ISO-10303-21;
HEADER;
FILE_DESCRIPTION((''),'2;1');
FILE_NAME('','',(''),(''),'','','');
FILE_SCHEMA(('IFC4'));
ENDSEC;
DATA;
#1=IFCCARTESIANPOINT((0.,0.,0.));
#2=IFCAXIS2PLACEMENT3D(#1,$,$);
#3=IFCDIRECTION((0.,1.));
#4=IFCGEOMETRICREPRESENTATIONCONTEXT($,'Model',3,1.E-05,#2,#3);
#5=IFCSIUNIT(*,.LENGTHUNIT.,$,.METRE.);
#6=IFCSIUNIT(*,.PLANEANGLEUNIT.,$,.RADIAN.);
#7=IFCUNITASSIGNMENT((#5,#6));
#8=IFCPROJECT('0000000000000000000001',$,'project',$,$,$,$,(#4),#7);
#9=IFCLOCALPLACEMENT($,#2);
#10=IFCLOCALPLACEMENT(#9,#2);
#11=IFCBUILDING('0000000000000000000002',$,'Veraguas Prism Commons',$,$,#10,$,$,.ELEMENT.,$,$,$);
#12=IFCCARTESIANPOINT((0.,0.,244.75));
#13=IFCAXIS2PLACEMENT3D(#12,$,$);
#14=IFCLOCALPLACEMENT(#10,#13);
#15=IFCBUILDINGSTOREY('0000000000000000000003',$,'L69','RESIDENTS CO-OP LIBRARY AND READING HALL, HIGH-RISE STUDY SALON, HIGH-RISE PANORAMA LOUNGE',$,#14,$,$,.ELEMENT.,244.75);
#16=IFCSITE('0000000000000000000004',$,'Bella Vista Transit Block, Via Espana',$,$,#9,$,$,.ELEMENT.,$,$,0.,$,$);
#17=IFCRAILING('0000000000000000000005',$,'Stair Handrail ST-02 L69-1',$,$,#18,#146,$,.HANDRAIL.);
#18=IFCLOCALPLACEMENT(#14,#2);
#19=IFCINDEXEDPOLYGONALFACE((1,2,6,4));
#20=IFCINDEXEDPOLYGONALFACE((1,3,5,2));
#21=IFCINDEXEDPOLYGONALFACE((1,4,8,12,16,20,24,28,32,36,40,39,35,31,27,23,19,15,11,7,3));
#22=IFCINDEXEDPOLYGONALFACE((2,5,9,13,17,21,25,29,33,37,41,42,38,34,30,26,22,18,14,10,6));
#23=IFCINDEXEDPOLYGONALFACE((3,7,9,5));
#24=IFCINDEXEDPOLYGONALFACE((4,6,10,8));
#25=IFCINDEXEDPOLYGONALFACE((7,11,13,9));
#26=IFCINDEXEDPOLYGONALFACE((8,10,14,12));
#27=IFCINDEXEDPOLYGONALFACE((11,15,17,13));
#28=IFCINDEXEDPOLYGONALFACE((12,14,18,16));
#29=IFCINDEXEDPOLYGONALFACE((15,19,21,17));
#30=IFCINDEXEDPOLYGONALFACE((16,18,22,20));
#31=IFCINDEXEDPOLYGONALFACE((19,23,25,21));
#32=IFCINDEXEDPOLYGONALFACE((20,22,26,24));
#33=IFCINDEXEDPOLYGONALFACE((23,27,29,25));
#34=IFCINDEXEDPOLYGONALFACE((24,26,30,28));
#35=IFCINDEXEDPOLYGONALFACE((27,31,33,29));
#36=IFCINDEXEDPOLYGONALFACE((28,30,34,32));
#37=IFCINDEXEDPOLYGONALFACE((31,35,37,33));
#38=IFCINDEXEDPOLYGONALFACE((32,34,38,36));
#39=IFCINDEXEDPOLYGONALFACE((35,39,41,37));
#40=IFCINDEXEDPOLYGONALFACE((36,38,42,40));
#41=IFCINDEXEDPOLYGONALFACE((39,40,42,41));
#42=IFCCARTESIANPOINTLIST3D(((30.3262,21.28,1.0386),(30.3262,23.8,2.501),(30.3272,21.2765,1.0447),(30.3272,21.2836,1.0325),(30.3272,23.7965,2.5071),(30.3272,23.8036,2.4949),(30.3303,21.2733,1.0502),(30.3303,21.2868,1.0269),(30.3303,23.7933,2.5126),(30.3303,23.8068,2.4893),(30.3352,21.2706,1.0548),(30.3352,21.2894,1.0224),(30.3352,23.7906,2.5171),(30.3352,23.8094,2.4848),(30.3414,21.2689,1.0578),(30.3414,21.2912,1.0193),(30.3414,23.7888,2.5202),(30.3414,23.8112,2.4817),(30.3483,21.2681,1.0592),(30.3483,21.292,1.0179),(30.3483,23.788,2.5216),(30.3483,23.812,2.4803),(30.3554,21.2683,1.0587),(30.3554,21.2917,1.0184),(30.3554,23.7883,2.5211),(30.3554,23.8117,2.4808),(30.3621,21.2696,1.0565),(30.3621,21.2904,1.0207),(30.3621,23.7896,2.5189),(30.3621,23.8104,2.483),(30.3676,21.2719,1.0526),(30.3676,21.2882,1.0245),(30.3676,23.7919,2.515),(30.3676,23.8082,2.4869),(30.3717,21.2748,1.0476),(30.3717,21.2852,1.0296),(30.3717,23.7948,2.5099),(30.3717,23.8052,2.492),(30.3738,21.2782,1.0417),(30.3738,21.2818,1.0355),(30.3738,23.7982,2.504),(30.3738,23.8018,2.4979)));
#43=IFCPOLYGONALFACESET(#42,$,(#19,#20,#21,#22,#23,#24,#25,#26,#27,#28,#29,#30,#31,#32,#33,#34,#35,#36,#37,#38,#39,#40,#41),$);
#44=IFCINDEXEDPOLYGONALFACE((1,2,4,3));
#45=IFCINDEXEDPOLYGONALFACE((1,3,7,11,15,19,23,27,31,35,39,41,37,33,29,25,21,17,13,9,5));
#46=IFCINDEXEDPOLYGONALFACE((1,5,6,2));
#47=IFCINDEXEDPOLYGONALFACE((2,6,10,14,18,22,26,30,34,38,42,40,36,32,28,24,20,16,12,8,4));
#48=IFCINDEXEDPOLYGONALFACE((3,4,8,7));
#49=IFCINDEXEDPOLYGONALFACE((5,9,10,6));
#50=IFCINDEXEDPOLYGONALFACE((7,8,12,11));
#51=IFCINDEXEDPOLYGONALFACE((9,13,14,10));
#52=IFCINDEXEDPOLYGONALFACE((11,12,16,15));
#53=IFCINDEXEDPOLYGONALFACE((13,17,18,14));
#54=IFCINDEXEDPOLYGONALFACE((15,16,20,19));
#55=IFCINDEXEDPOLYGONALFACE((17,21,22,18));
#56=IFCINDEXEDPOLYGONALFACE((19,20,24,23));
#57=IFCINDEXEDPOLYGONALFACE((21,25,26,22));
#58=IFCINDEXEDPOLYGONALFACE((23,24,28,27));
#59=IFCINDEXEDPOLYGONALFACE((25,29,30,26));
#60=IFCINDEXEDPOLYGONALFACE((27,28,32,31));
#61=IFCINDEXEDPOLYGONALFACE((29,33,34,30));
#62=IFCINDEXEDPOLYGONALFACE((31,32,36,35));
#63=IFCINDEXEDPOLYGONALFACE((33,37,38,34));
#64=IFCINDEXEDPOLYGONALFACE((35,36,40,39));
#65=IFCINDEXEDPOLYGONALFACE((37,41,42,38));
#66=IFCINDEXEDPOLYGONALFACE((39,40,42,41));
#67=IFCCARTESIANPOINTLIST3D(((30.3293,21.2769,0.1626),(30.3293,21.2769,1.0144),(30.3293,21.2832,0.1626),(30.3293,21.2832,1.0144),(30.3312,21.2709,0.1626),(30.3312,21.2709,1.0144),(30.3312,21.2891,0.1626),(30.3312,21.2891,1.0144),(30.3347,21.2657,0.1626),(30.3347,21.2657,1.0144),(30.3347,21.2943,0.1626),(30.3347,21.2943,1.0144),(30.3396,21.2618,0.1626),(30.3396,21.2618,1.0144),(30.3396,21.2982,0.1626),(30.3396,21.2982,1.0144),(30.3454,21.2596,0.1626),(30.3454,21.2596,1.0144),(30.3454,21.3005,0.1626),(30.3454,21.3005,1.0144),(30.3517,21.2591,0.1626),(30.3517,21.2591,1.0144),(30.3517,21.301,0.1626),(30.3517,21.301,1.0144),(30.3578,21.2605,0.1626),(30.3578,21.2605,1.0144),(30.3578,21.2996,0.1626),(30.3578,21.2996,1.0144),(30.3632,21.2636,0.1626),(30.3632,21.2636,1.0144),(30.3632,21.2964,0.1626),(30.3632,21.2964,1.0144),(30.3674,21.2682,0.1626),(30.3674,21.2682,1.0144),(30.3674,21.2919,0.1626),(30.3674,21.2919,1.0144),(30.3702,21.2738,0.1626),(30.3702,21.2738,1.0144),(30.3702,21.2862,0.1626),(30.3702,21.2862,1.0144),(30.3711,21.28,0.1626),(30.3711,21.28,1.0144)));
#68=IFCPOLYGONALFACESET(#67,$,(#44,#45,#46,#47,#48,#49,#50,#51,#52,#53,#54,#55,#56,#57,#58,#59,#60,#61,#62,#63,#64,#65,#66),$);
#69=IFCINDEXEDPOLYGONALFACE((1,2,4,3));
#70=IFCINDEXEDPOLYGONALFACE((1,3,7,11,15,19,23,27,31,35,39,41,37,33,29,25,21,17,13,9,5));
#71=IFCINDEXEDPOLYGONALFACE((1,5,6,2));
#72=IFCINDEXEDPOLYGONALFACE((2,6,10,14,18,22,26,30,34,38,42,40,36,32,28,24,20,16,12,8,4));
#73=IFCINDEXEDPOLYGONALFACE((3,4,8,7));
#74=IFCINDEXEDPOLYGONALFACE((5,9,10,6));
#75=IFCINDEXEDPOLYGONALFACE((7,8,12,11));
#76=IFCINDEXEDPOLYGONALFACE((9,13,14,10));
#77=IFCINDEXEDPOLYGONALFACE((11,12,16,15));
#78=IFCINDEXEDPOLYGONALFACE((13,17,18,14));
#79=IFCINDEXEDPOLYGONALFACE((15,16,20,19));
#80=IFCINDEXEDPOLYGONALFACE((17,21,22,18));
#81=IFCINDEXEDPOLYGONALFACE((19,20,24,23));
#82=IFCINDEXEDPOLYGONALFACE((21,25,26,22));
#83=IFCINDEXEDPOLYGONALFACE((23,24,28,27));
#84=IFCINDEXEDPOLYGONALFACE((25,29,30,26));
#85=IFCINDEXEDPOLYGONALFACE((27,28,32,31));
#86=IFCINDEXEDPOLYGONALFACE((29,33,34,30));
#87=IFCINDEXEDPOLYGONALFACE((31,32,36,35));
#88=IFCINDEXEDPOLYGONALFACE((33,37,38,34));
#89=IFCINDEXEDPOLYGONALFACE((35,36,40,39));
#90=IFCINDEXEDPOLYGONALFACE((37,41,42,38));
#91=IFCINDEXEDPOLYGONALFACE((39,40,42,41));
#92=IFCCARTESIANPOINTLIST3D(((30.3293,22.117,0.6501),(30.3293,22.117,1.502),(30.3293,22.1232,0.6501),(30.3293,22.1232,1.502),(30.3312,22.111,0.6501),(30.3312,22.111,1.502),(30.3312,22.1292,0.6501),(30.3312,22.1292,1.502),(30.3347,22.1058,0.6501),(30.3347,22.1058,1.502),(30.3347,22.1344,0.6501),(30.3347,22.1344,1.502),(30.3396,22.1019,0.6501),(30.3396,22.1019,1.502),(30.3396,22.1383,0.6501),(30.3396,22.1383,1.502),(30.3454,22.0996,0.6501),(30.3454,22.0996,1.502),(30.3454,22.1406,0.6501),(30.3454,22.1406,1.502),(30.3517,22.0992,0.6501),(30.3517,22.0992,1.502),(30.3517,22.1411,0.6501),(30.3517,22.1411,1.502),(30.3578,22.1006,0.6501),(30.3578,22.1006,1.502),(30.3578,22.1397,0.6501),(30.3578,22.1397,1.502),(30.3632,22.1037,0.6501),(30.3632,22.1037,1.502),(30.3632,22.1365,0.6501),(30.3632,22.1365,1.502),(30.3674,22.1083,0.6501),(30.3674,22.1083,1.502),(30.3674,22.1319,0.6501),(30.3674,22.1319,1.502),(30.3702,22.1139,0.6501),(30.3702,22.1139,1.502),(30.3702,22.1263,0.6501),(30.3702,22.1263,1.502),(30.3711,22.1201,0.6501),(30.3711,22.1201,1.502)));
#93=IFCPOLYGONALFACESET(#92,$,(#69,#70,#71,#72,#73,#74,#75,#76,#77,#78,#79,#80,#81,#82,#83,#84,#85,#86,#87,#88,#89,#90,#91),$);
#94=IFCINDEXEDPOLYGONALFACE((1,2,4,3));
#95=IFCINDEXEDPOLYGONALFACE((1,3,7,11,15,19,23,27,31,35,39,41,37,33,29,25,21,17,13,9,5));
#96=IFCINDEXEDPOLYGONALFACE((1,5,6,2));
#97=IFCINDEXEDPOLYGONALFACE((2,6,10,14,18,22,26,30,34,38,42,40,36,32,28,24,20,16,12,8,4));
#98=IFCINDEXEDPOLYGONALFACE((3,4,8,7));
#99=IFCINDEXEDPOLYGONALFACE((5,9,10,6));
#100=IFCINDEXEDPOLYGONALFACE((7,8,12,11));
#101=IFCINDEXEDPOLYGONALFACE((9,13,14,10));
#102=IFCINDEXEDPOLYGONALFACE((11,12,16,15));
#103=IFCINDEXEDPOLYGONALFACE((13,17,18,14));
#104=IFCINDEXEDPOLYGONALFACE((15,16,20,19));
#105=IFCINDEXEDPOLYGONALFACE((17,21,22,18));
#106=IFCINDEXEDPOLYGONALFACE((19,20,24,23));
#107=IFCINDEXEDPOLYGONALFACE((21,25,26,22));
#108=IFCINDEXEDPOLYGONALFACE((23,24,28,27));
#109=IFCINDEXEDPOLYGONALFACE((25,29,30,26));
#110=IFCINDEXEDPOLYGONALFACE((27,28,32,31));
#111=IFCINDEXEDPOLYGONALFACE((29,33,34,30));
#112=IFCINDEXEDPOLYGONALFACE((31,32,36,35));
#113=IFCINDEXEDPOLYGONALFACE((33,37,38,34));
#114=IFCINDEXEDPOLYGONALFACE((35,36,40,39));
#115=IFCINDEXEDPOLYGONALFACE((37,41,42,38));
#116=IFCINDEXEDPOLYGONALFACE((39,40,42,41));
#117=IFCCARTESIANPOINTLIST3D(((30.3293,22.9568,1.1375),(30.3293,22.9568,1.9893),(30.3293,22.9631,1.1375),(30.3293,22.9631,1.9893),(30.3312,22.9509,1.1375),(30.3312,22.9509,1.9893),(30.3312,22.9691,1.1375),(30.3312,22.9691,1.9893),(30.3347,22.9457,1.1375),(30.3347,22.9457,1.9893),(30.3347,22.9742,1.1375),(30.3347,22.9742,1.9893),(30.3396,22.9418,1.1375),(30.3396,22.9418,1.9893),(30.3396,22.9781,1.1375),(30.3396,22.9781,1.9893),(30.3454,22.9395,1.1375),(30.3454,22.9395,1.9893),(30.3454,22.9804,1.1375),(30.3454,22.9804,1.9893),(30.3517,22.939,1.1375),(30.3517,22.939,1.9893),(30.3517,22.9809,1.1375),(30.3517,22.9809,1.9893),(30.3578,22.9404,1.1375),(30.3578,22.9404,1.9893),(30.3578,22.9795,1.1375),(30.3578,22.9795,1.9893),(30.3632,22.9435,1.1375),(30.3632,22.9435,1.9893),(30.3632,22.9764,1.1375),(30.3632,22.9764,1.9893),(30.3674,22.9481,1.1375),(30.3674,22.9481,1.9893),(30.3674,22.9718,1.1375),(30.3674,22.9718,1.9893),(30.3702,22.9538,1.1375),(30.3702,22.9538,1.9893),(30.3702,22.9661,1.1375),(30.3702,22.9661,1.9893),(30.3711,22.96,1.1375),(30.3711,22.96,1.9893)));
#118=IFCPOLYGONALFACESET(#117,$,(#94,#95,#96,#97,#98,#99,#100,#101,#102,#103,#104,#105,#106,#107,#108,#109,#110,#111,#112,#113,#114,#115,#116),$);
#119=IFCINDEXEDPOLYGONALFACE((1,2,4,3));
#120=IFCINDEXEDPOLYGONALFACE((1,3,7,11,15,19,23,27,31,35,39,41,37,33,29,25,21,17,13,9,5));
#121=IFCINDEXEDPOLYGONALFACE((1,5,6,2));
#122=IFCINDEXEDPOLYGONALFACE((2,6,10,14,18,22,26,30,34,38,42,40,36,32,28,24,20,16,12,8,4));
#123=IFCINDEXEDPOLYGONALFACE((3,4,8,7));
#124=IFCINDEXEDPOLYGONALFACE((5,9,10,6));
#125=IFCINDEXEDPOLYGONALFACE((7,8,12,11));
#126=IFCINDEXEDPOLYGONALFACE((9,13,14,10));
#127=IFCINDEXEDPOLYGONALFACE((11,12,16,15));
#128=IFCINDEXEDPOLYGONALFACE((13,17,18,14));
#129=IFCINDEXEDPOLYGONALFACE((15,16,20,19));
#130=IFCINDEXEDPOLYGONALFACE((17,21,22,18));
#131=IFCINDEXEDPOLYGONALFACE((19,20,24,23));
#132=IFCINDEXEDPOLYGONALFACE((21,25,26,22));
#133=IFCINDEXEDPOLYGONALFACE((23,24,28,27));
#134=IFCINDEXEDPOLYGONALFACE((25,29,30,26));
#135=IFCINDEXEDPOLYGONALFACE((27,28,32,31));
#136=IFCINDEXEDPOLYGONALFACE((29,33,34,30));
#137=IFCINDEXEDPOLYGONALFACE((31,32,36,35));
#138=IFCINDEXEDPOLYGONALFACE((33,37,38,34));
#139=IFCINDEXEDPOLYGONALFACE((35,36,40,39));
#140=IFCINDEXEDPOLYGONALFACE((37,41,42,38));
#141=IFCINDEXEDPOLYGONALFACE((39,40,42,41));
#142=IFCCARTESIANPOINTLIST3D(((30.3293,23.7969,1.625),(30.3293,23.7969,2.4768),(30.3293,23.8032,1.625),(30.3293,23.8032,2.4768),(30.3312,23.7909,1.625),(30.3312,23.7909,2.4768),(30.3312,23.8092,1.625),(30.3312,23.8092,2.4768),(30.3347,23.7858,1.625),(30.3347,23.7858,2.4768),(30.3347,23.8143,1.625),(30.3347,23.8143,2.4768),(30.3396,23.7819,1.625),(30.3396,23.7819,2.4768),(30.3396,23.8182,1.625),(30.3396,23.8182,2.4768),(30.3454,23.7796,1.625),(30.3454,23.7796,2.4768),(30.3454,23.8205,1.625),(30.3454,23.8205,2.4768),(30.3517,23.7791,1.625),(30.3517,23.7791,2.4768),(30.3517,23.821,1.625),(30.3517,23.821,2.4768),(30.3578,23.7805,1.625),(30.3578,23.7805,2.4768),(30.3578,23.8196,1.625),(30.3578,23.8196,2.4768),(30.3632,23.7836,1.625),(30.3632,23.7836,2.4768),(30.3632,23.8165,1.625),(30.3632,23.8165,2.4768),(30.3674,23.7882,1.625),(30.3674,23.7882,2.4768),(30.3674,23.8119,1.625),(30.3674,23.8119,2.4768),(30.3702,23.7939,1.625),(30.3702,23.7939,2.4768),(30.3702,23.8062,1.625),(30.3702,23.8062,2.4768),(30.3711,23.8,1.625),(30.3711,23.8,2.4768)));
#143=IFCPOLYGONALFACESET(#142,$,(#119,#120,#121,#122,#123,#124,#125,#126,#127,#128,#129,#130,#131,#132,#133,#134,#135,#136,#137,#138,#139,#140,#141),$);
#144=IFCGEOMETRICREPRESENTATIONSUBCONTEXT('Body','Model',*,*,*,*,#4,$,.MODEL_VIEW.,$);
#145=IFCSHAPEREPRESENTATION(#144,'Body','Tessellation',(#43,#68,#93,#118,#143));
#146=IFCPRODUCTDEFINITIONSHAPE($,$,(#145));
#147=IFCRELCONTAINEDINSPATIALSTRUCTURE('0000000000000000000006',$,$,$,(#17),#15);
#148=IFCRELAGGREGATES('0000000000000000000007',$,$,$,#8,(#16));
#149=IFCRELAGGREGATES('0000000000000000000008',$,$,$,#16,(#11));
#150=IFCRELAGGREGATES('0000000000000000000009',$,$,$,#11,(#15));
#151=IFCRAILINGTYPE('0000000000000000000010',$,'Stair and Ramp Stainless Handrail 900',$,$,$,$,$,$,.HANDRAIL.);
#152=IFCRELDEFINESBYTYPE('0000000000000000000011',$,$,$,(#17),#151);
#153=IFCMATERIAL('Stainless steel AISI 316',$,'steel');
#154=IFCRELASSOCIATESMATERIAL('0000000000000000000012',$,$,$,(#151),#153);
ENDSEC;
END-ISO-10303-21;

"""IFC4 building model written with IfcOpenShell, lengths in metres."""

from ifc_helpers import new_model, si_unit, direction, frame, origin, origin_2d, place, context, subcontext, project, spatial, circle, extrude, material, type_object, element, save


model = new_model("IFC4")

# Units and contexts
model_context = context("Model", 3, precision=1e-05, world=origin(), true_north=direction((0.0, 1.0)))
body_context = subcontext(model_context, "Body", "Model", "MODEL_VIEW")
ifc_project = project(units=[si_unit("LENGTHUNIT", "METRE"), si_unit("PLANEANGLEUNIT", "RADIAN")], contexts=[model_context])

# Site, building, storey
site_placement = place(None, origin())
site = spatial("IfcSite", under=ifc_project, at=site_placement, Name="Bella Vista Transit Block, Via Espana", CompositionType="ELEMENT", RefElevation=0.0)
building_placement = place(site_placement, origin())
building = spatial("IfcBuilding", under=site, at=building_placement, Name="Veraguas Prism Commons", CompositionType="ELEMENT")
storey_placement = place(building_placement, frame((0.0, 0.0, 244.75)))
storey = spatial("IfcBuildingStorey", under=building, at=storey_placement, Name="L69", Description="RESIDENTS CO-OP LIBRARY AND READING HALL, HIGH-RISE STUDY SALON, HIGH-RISE PANORAMA LOUNGE", CompositionType="ELEMENT", Elevation=244.75)

# Railing
ifc_material_1 = material(Name="Stainless steel AISI 316", Category="steel")
railing_type = type_object("IfcRailingType", Name="Stair and Ramp Stainless Handrail 900", PredefinedType="HANDRAIL", material=ifc_material_1)
railing_placement = place(storey_placement, frame((30.3501, 21.28, 0.1626)))
element("IfcRailing", 1, at=railing_placement, inside=storey, type_object=railing_type, Name="Stair Handrail ST-02 L69-1", PredefinedType="HANDRAIL", context=body_context, shape_type="SweptSolid", body=[
    extrude(circle(Radius=0.0239, at=origin_2d()), frame((0.0, 0.0, 0.876), z_axis=(0.0, 0.864913, 0.501921), x_axis=(-1.0, 0.0, 0.0)), (0.0, 0.0, 1.0), 2.9136),
    extrude(circle(Radius=0.021, at=origin_2d()), origin(), (0.0, 0.0, 1.0), 0.8518),
    extrude(circle(Radius=0.021, at=origin_2d()), frame((0.0, 0.8401, 0.4875)), (0.0, 0.0, 1.0), 0.8518),
    extrude(circle(Radius=0.021, at=origin_2d()), frame((0.0, 1.6799, 0.9749)), (0.0, 0.0, 1.0), 0.8518),
    extrude(circle(Radius=0.021, at=origin_2d()), frame((0.0, 2.52, 1.4624)), (0.0, 0.0, 1.0), 0.8518),
])

save(model, "model.ifc")
